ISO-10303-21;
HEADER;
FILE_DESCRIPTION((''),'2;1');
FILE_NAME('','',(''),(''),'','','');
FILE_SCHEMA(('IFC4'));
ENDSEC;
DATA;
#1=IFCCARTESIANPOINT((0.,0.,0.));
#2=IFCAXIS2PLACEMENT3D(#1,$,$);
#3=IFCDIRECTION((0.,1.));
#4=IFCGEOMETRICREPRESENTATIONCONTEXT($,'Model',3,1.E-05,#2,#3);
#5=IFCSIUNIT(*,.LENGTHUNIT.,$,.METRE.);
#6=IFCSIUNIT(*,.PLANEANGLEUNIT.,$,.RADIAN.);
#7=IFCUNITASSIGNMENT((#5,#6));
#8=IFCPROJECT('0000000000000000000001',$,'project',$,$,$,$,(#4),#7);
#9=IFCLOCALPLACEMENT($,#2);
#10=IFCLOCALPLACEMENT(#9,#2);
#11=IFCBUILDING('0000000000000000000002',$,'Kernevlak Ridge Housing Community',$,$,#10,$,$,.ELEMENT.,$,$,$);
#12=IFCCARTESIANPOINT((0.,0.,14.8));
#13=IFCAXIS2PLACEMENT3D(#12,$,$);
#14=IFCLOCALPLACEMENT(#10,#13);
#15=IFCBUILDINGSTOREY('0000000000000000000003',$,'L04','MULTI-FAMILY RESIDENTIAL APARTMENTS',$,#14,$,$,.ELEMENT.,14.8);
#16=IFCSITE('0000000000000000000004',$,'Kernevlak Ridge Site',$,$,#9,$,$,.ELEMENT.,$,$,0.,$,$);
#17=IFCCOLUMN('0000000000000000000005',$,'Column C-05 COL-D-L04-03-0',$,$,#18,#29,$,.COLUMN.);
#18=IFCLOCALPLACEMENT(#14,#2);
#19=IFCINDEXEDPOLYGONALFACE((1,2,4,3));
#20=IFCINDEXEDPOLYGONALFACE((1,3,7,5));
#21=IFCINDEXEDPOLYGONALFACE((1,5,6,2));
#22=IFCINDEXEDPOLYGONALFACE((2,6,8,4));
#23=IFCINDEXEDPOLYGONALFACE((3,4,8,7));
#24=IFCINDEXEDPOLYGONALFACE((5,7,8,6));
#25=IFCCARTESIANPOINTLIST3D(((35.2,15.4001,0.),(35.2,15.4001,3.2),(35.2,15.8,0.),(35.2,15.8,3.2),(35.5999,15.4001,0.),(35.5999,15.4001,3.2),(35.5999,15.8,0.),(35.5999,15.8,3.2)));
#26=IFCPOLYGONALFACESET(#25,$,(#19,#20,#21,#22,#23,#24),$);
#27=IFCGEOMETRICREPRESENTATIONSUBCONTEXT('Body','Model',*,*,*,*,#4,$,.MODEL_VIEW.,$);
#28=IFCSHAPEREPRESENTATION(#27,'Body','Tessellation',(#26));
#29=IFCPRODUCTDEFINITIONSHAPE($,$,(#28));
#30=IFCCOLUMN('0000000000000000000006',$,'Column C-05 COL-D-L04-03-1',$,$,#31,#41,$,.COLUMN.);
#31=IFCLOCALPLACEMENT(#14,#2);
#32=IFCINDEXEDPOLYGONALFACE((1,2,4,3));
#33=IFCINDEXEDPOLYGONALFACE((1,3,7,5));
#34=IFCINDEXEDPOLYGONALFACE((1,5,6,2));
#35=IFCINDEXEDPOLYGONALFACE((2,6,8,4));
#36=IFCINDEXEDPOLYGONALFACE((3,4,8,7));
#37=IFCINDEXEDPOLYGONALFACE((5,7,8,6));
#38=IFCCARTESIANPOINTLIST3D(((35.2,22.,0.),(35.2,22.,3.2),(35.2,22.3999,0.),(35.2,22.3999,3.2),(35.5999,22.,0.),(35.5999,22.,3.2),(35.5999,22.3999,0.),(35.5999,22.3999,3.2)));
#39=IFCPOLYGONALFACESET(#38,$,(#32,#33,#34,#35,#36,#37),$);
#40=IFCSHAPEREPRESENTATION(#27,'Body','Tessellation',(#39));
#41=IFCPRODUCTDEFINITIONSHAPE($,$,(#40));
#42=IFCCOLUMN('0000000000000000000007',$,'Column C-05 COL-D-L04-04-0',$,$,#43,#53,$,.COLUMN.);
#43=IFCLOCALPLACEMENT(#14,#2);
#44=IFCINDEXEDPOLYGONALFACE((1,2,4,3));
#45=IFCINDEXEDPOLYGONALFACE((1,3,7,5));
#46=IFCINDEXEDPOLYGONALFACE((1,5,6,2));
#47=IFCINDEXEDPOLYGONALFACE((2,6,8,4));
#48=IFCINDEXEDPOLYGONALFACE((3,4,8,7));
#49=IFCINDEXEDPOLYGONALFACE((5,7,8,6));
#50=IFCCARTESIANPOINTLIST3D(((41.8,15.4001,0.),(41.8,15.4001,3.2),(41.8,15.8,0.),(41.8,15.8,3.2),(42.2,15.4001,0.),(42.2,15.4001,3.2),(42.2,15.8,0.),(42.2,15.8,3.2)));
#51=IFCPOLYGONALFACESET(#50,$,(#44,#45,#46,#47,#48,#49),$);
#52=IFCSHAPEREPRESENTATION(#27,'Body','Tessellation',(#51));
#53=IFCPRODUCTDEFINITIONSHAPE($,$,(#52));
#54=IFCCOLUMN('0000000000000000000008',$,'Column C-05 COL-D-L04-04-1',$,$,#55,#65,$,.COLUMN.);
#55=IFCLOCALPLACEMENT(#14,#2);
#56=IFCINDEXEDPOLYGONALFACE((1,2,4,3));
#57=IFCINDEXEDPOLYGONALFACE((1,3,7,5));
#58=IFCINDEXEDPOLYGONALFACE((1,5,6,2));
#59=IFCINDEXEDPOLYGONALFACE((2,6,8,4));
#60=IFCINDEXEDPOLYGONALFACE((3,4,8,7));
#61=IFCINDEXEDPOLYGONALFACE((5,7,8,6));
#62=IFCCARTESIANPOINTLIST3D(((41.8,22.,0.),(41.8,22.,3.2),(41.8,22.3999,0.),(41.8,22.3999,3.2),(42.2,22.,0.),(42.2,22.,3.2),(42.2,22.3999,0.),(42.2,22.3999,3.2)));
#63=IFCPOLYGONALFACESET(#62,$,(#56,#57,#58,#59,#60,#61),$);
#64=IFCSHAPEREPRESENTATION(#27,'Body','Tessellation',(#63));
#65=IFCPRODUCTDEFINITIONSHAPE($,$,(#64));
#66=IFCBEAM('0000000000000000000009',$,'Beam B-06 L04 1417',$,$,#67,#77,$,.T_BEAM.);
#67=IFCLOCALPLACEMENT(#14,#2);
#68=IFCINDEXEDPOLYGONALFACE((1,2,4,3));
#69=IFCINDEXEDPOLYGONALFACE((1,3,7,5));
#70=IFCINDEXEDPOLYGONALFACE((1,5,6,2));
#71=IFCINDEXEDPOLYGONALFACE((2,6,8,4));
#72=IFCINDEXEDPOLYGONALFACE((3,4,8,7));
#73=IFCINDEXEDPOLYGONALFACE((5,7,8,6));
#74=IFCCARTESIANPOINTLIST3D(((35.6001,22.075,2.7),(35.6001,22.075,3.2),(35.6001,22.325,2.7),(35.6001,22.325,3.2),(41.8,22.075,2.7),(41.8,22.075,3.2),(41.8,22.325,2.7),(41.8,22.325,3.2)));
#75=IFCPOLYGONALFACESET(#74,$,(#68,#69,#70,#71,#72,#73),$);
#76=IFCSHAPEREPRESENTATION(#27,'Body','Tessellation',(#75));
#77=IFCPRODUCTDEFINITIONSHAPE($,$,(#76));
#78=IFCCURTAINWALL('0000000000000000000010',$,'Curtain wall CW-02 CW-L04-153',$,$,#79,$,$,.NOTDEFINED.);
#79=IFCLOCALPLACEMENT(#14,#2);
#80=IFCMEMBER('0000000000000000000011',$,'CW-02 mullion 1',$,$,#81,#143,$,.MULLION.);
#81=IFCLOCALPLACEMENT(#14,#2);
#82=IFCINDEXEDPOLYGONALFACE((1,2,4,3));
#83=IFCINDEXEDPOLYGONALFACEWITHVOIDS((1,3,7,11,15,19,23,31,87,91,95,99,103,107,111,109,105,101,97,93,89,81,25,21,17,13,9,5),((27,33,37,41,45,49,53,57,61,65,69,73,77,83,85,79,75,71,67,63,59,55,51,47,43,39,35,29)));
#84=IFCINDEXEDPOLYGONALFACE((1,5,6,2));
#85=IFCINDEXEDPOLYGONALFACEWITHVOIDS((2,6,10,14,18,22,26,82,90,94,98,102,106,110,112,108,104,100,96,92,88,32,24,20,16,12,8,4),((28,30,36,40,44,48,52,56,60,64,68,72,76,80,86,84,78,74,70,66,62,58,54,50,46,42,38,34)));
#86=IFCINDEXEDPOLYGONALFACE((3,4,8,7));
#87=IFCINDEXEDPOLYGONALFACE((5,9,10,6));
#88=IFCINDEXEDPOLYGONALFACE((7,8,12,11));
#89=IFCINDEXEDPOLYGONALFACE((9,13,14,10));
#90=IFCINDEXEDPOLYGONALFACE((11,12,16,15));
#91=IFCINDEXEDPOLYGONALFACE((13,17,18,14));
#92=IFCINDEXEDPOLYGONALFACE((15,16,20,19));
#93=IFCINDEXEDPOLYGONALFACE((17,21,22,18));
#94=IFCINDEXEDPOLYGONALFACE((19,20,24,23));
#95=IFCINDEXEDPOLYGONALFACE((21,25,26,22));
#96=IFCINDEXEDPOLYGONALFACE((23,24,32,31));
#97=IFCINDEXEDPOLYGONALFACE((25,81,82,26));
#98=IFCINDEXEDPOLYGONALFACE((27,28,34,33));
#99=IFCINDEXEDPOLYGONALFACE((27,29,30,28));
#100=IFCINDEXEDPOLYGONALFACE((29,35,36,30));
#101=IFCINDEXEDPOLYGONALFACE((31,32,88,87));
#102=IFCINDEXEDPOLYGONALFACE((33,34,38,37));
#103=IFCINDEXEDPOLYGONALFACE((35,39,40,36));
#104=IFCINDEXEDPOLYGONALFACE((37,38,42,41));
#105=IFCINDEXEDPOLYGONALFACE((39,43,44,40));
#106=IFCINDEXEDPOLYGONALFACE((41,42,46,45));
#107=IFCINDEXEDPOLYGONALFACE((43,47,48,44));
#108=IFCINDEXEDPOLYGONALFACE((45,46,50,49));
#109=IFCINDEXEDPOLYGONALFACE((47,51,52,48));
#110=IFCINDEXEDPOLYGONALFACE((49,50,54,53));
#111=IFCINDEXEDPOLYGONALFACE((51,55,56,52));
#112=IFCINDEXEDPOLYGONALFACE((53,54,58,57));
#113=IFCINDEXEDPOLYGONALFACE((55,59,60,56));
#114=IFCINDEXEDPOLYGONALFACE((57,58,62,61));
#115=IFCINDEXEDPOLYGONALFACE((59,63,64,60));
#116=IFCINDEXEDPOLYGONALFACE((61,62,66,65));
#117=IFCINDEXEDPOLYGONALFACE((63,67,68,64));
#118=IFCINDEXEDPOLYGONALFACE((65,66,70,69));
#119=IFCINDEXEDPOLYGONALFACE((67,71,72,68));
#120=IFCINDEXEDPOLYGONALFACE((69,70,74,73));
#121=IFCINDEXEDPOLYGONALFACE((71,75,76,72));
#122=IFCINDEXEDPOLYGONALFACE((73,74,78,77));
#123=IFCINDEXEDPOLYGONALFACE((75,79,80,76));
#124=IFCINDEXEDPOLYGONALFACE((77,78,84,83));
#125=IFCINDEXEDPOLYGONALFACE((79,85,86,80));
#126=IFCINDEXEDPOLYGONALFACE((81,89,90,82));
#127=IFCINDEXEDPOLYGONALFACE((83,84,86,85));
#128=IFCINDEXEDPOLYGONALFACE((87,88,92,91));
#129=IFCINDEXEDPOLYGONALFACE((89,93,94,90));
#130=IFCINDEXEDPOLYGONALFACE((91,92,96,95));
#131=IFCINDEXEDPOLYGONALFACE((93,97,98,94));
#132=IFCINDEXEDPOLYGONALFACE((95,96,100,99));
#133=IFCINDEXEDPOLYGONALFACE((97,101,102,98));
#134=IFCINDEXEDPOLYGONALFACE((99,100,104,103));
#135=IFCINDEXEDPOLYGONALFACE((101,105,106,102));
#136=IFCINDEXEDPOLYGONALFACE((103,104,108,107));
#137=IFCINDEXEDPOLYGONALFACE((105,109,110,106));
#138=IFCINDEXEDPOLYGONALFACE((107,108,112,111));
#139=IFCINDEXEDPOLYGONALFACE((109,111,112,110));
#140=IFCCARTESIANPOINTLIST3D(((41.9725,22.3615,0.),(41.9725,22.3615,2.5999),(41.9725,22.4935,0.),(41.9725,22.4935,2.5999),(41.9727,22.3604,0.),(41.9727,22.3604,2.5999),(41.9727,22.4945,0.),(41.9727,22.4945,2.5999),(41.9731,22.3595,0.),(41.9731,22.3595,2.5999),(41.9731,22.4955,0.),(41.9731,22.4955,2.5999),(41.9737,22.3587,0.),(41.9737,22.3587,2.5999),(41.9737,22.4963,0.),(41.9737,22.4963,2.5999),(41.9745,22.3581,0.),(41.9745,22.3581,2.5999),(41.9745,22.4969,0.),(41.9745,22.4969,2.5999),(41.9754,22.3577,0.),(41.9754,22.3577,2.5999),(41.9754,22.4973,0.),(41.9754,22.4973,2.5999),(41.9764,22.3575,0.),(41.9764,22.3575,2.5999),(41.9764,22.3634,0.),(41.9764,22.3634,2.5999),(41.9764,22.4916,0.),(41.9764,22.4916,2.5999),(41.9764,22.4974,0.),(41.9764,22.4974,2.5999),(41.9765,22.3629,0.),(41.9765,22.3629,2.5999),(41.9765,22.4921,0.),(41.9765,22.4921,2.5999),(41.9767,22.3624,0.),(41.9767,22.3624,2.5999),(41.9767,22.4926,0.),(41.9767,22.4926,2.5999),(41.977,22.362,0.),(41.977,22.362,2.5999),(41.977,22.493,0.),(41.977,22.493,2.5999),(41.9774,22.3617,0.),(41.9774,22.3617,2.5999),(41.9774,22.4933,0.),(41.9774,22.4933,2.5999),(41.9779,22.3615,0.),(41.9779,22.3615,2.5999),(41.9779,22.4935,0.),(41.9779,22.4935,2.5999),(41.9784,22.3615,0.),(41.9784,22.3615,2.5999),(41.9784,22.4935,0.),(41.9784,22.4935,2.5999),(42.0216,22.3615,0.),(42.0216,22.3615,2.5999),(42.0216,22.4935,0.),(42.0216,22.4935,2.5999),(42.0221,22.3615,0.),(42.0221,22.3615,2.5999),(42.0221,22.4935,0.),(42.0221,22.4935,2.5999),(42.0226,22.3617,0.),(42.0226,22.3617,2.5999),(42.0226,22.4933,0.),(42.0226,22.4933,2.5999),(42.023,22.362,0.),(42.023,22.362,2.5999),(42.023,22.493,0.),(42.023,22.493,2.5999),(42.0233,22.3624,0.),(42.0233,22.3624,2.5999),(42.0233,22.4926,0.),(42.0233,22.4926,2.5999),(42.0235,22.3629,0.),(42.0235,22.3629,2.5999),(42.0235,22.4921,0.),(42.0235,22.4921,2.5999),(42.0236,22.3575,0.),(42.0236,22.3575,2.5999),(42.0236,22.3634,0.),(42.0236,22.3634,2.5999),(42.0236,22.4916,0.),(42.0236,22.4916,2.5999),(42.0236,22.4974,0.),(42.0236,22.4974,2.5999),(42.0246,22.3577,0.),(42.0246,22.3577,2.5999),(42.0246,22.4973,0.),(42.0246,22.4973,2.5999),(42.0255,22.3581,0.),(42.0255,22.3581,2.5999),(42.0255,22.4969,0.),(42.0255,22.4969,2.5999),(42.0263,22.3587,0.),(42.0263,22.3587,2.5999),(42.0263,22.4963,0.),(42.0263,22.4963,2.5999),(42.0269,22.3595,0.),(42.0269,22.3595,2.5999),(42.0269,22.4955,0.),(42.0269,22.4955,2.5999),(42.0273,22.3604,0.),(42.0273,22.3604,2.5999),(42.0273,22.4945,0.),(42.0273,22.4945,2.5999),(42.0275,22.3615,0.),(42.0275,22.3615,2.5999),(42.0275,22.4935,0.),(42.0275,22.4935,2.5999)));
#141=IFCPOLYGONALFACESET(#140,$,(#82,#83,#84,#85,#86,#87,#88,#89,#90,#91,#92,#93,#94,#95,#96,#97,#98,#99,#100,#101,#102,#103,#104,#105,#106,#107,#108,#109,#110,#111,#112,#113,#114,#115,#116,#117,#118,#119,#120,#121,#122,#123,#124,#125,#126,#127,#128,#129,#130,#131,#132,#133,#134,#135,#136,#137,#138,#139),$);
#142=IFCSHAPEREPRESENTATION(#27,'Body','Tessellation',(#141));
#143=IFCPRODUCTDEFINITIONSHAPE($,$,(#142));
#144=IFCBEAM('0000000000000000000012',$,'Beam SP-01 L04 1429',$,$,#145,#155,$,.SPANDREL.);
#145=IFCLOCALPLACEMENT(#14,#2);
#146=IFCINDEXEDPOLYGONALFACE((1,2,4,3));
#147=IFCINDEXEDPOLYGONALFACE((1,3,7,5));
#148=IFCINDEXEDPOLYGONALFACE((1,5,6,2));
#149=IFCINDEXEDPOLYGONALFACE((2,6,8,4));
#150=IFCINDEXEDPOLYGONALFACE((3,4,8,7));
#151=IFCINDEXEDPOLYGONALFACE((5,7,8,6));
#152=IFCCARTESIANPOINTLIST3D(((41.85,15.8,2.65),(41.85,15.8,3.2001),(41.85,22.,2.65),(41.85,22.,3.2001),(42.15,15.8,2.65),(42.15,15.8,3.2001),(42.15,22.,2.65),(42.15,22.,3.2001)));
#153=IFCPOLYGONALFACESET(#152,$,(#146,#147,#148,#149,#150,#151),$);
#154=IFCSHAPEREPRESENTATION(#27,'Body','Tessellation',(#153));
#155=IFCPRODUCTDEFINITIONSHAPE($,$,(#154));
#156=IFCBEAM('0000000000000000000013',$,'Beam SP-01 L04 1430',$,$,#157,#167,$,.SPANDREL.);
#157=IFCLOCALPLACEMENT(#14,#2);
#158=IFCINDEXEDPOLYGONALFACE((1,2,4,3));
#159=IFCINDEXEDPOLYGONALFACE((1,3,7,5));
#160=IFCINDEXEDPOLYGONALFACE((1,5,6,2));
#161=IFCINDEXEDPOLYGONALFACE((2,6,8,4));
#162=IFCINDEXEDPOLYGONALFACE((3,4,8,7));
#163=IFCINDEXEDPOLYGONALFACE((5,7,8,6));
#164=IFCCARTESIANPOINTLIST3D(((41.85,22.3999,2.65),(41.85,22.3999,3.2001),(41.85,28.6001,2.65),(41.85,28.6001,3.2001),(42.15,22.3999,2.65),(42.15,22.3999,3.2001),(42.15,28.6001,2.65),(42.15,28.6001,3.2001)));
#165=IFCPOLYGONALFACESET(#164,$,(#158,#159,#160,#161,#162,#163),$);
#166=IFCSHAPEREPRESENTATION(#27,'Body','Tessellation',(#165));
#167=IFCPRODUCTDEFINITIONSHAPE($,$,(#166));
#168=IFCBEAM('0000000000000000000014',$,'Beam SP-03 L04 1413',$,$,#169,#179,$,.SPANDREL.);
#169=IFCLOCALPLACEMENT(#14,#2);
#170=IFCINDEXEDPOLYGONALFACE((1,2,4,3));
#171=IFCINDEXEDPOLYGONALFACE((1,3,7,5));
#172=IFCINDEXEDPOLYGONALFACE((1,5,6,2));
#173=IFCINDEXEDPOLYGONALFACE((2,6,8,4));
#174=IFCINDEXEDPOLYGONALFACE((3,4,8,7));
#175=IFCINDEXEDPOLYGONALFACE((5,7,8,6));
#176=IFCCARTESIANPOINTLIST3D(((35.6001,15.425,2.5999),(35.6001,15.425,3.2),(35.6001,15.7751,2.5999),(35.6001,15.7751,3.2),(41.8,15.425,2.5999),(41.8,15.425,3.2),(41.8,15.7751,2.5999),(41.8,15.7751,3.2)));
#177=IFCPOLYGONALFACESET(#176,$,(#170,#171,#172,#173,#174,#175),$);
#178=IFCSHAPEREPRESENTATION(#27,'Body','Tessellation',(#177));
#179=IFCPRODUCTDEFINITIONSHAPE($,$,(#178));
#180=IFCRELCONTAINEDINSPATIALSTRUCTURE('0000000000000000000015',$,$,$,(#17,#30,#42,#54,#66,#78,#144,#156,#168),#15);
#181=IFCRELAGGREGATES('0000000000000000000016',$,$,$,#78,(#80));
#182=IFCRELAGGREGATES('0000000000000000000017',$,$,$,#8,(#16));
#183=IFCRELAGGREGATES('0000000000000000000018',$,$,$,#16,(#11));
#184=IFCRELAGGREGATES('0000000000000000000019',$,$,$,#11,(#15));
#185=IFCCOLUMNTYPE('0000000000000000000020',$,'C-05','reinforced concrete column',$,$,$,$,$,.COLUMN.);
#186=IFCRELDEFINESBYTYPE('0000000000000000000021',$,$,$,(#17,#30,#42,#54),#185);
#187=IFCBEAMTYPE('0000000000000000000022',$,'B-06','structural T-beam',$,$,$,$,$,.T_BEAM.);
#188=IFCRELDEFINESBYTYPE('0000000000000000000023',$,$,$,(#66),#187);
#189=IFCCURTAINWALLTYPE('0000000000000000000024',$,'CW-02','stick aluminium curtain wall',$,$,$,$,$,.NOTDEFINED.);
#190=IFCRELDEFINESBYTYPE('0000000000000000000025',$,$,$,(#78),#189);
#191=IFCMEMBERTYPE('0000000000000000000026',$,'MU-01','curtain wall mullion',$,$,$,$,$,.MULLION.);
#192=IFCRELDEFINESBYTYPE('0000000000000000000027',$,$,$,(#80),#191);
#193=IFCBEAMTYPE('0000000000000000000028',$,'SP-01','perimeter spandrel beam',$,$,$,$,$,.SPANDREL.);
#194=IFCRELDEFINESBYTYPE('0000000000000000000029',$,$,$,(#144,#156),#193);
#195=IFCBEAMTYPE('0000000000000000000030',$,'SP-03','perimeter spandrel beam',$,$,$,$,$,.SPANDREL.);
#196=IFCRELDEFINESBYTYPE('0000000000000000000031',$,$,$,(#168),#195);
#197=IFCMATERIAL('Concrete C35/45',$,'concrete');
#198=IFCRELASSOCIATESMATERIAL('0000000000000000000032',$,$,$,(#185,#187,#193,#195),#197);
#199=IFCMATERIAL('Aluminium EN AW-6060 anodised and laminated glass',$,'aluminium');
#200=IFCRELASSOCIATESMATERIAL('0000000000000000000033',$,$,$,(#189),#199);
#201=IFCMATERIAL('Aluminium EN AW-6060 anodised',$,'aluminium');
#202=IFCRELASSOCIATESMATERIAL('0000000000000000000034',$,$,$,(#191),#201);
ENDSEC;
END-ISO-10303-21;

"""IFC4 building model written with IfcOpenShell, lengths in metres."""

from ifc_helpers import new_model, si_unit, direction, frame, origin, origin_2d, place, context, subcontext, project, spatial, rectangle, hollow_rectangle, extrude, material, material_profile, profile_set, type_object, element, aggregate, save


model = new_model("IFC4")

# Units and contexts
model_context = context("Model", 3, precision=1e-05, world=origin(), true_north=direction((0.0, 1.0)))
body_context = subcontext(model_context, "Body", "Model", "MODEL_VIEW")
ifc_project = project(units=[si_unit("LENGTHUNIT", "METRE"), si_unit("PLANEANGLEUNIT", "RADIAN")], contexts=[model_context])

# Site, building, storey
site_placement = place(None, origin())
site = spatial("IfcSite", under=ifc_project, at=site_placement, Name="Kernevlak Ridge Site", CompositionType="ELEMENT", RefElevation=0.0)
building_placement = place(site_placement, origin())
building = spatial("IfcBuilding", under=site, at=building_placement, Name="Kernevlak Ridge Housing Community", CompositionType="ELEMENT")
storey_placement = place(building_placement, frame((0.0, 0.0, 14.8)))
storey = spatial("IfcBuildingStorey", under=building, at=storey_placement, Name="L04", Description="MULTI-FAMILY RESIDENTIAL APARTMENTS", CompositionType="ELEMENT", Elevation=14.8)

# Columns
ifc_material_1 = material(Name="Concrete C35/45", Category="concrete")
ifc_material_profile_1 = material_profile(ifc_material_1, rectangle(XDim=0.3999, YDim=0.3999, at=origin_2d()), Name="RC 400x400")
ifc_profile_set_1 = profile_set([ifc_material_profile_1], Name="Concrete C35/45")
column_type = type_object("IfcColumnType", Name="C-05", Description="reinforced concrete column", PredefinedType="COLUMN", material=ifc_profile_set_1)
for number, where, z_axis, x_axis, name in (
    (1, (35.3999, 15.6001, 0.0), (0.0, 0.0, 1.0), (1.0, 0.0, 0.0), "Column C-05 COL-D-L04-03-0"),
    (2, (35.3999, 22.2, 0.0), (0.0, 0.0, 1.0), (1.0, 0.0, 0.0), "Column C-05 COL-D-L04-03-1"),
    (3, (42.0, 15.6001, 0.0), (0.0, 0.0, 1.0), (1.0, 0.0, 0.0), "Column C-05 COL-D-L04-04-0"),
    (4, (42.0, 22.2, 0.0), (0.0, 0.0, 1.0), (1.0, 0.0, 0.0), "Column C-05 COL-D-L04-04-1"),
):
    element("IfcColumn", number, at=place(storey_placement, frame(where, z_axis=z_axis, x_axis=x_axis)), inside=storey, type_object=column_type, Name=name, PredefinedType="COLUMN", context=body_context, shape_type="SweptSolid", body=[
        extrude(rectangle(XDim=0.3999, YDim=0.3999, at=origin_2d()), origin(), (0.0, 0.0, 1.0), 3.2),
    ])

# Beam
ifc_material_profile_2 = material_profile(ifc_material_1, rectangle(XDim=0.25, YDim=0.5, at=origin_2d()), Name="RC 250x500")
ifc_profile_set_2 = profile_set([ifc_material_profile_2], Name="Concrete C35/45")
beam_type_1 = type_object("IfcBeamType", Name="B-06", Description="structural T-beam", PredefinedType="T_BEAM", material=ifc_profile_set_2)
beam_1_placement = place(storey_placement, frame((35.6001, 22.2, 2.95), z_axis=(1.0, 0.0, 0.0), x_axis=(0.0, 1.0, 0.0)))
element("IfcBeam", 5, at=beam_1_placement, inside=storey, type_object=beam_type_1, Name="Beam B-06 L04 1417", PredefinedType="T_BEAM", context=body_context, shape_type="SweptSolid", body=[
    extrude(rectangle(XDim=0.25, YDim=0.5, at=origin_2d()), origin(), (0.0, 0.0, 1.0), 6.2),
])

# Curtain wall, member
ifc_material_2 = material(Name="Aluminium EN AW-6060 anodised and laminated glass", Category="aluminium")
curtain_wall_type = type_object("IfcCurtainWallType", Name="CW-02", Description="stick aluminium curtain wall", PredefinedType="NOTDEFINED", material=ifc_material_2)
curtain_wall_placement = place(storey_placement, origin())
curtain_wall = element("IfcCurtainWall", 6, at=curtain_wall_placement, inside=storey, type_object=curtain_wall_type, Name="Curtain wall CW-02 CW-L04-153", PredefinedType="NOTDEFINED")
ifc_material_3 = material(Name="Aluminium EN AW-6060 anodised", Category="aluminium")
ifc_material_profile_3 = material_profile(ifc_material_3, hollow_rectangle(XDim=0.0549, YDim=0.1399, WallThickness=0.0039, InnerFilletRadius=0.002, OuterFilletRadius=0.0039, at=origin_2d()), Name="ALU 55x140x4")
ifc_profile_set_3 = profile_set([ifc_material_profile_3], Name="Aluminium EN AW-6060 anodised")
member_type_1 = type_object("IfcMemberType", Name="MU-01", Description="curtain wall mullion", PredefinedType="MULLION", material=ifc_profile_set_3)
member_1_placement = place(storey_placement, frame((42.0, 22.4275, 0.0), z_axis=(0.0, 0.0, 1.0), x_axis=(-1.0, 0.0, 0.0)))
member_1 = element("IfcMember", 7, at=member_1_placement, type_object=member_type_1, Name="CW-02 mullion 1", PredefinedType="MULLION", context=body_context, shape_type="SweptSolid", body=[
    extrude(hollow_rectangle(XDim=0.0549, YDim=0.1399, WallThickness=0.0039, InnerFilletRadius=0.002, OuterFilletRadius=0.0039, at=origin_2d()), origin(), (0.0, 0.0, 1.0), 2.5999),
])

# Beams
ifc_material_profile_4 = material_profile(ifc_material_1, rectangle(XDim=0.3, YDim=0.55, at=origin_2d()), Name="RC 300x550")
ifc_profile_set_4 = profile_set([ifc_material_profile_4], Name="Concrete C35/45")
beam_type_2 = type_object("IfcBeamType", Name="SP-01", Description="perimeter spandrel beam", PredefinedType="SPANDREL", material=ifc_profile_set_4)
beam_2_placement = place(storey_placement, frame((42.0, 15.8, 2.925), z_axis=(0.0, 1.0, 0.0), x_axis=(-1.0, 0.0, 0.0)))
element("IfcBeam", 8, at=beam_2_placement, inside=storey, type_object=beam_type_2, Name="Beam SP-01 L04 1429", PredefinedType="SPANDREL", context=body_context, shape_type="SweptSolid", body=[
    extrude(rectangle(XDim=0.3, YDim=0.55, at=origin_2d()), origin(), (0.0, 0.0, 1.0), 6.2),
])
beam_3_placement = place(storey_placement, frame((42.0, 22.3999, 2.925), z_axis=(0.0, 1.0, 0.0), x_axis=(-1.0, 0.0, 0.0)))
element("IfcBeam", 9, at=beam_3_placement, inside=storey, type_object=beam_type_2, Name="Beam SP-01 L04 1430", PredefinedType="SPANDREL", context=body_context, shape_type="SweptSolid", body=[
    extrude(rectangle(XDim=0.3, YDim=0.55, at=origin_2d()), origin(), (0.0, 0.0, 1.0), 6.2002),
])
ifc_material_profile_5 = material_profile(ifc_material_1, rectangle(XDim=0.3501, YDim=0.6001, at=origin_2d()), Name="RC 350x600")
ifc_profile_set_5 = profile_set([ifc_material_profile_5], Name="Concrete C35/45")
beam_type_3 = type_object("IfcBeamType", Name="SP-03", Description="perimeter spandrel beam", PredefinedType="SPANDREL", material=ifc_profile_set_5)
beam_4_placement = place(storey_placement, frame((35.6001, 15.6001, 2.8999), z_axis=(1.0, 0.0, 0.0), x_axis=(0.0, 1.0, 0.0)))
element("IfcBeam", 10, at=beam_4_placement, inside=storey, type_object=beam_type_3, Name="Beam SP-03 L04 1413", PredefinedType="SPANDREL", context=body_context, shape_type="SweptSolid", body=[
    extrude(rectangle(XDim=0.3501, YDim=0.6001, at=origin_2d()), origin(), (0.0, 0.0, 1.0), 6.2),
])

aggregate(curtain_wall, [member_1])

save(model, "model.ifc")
